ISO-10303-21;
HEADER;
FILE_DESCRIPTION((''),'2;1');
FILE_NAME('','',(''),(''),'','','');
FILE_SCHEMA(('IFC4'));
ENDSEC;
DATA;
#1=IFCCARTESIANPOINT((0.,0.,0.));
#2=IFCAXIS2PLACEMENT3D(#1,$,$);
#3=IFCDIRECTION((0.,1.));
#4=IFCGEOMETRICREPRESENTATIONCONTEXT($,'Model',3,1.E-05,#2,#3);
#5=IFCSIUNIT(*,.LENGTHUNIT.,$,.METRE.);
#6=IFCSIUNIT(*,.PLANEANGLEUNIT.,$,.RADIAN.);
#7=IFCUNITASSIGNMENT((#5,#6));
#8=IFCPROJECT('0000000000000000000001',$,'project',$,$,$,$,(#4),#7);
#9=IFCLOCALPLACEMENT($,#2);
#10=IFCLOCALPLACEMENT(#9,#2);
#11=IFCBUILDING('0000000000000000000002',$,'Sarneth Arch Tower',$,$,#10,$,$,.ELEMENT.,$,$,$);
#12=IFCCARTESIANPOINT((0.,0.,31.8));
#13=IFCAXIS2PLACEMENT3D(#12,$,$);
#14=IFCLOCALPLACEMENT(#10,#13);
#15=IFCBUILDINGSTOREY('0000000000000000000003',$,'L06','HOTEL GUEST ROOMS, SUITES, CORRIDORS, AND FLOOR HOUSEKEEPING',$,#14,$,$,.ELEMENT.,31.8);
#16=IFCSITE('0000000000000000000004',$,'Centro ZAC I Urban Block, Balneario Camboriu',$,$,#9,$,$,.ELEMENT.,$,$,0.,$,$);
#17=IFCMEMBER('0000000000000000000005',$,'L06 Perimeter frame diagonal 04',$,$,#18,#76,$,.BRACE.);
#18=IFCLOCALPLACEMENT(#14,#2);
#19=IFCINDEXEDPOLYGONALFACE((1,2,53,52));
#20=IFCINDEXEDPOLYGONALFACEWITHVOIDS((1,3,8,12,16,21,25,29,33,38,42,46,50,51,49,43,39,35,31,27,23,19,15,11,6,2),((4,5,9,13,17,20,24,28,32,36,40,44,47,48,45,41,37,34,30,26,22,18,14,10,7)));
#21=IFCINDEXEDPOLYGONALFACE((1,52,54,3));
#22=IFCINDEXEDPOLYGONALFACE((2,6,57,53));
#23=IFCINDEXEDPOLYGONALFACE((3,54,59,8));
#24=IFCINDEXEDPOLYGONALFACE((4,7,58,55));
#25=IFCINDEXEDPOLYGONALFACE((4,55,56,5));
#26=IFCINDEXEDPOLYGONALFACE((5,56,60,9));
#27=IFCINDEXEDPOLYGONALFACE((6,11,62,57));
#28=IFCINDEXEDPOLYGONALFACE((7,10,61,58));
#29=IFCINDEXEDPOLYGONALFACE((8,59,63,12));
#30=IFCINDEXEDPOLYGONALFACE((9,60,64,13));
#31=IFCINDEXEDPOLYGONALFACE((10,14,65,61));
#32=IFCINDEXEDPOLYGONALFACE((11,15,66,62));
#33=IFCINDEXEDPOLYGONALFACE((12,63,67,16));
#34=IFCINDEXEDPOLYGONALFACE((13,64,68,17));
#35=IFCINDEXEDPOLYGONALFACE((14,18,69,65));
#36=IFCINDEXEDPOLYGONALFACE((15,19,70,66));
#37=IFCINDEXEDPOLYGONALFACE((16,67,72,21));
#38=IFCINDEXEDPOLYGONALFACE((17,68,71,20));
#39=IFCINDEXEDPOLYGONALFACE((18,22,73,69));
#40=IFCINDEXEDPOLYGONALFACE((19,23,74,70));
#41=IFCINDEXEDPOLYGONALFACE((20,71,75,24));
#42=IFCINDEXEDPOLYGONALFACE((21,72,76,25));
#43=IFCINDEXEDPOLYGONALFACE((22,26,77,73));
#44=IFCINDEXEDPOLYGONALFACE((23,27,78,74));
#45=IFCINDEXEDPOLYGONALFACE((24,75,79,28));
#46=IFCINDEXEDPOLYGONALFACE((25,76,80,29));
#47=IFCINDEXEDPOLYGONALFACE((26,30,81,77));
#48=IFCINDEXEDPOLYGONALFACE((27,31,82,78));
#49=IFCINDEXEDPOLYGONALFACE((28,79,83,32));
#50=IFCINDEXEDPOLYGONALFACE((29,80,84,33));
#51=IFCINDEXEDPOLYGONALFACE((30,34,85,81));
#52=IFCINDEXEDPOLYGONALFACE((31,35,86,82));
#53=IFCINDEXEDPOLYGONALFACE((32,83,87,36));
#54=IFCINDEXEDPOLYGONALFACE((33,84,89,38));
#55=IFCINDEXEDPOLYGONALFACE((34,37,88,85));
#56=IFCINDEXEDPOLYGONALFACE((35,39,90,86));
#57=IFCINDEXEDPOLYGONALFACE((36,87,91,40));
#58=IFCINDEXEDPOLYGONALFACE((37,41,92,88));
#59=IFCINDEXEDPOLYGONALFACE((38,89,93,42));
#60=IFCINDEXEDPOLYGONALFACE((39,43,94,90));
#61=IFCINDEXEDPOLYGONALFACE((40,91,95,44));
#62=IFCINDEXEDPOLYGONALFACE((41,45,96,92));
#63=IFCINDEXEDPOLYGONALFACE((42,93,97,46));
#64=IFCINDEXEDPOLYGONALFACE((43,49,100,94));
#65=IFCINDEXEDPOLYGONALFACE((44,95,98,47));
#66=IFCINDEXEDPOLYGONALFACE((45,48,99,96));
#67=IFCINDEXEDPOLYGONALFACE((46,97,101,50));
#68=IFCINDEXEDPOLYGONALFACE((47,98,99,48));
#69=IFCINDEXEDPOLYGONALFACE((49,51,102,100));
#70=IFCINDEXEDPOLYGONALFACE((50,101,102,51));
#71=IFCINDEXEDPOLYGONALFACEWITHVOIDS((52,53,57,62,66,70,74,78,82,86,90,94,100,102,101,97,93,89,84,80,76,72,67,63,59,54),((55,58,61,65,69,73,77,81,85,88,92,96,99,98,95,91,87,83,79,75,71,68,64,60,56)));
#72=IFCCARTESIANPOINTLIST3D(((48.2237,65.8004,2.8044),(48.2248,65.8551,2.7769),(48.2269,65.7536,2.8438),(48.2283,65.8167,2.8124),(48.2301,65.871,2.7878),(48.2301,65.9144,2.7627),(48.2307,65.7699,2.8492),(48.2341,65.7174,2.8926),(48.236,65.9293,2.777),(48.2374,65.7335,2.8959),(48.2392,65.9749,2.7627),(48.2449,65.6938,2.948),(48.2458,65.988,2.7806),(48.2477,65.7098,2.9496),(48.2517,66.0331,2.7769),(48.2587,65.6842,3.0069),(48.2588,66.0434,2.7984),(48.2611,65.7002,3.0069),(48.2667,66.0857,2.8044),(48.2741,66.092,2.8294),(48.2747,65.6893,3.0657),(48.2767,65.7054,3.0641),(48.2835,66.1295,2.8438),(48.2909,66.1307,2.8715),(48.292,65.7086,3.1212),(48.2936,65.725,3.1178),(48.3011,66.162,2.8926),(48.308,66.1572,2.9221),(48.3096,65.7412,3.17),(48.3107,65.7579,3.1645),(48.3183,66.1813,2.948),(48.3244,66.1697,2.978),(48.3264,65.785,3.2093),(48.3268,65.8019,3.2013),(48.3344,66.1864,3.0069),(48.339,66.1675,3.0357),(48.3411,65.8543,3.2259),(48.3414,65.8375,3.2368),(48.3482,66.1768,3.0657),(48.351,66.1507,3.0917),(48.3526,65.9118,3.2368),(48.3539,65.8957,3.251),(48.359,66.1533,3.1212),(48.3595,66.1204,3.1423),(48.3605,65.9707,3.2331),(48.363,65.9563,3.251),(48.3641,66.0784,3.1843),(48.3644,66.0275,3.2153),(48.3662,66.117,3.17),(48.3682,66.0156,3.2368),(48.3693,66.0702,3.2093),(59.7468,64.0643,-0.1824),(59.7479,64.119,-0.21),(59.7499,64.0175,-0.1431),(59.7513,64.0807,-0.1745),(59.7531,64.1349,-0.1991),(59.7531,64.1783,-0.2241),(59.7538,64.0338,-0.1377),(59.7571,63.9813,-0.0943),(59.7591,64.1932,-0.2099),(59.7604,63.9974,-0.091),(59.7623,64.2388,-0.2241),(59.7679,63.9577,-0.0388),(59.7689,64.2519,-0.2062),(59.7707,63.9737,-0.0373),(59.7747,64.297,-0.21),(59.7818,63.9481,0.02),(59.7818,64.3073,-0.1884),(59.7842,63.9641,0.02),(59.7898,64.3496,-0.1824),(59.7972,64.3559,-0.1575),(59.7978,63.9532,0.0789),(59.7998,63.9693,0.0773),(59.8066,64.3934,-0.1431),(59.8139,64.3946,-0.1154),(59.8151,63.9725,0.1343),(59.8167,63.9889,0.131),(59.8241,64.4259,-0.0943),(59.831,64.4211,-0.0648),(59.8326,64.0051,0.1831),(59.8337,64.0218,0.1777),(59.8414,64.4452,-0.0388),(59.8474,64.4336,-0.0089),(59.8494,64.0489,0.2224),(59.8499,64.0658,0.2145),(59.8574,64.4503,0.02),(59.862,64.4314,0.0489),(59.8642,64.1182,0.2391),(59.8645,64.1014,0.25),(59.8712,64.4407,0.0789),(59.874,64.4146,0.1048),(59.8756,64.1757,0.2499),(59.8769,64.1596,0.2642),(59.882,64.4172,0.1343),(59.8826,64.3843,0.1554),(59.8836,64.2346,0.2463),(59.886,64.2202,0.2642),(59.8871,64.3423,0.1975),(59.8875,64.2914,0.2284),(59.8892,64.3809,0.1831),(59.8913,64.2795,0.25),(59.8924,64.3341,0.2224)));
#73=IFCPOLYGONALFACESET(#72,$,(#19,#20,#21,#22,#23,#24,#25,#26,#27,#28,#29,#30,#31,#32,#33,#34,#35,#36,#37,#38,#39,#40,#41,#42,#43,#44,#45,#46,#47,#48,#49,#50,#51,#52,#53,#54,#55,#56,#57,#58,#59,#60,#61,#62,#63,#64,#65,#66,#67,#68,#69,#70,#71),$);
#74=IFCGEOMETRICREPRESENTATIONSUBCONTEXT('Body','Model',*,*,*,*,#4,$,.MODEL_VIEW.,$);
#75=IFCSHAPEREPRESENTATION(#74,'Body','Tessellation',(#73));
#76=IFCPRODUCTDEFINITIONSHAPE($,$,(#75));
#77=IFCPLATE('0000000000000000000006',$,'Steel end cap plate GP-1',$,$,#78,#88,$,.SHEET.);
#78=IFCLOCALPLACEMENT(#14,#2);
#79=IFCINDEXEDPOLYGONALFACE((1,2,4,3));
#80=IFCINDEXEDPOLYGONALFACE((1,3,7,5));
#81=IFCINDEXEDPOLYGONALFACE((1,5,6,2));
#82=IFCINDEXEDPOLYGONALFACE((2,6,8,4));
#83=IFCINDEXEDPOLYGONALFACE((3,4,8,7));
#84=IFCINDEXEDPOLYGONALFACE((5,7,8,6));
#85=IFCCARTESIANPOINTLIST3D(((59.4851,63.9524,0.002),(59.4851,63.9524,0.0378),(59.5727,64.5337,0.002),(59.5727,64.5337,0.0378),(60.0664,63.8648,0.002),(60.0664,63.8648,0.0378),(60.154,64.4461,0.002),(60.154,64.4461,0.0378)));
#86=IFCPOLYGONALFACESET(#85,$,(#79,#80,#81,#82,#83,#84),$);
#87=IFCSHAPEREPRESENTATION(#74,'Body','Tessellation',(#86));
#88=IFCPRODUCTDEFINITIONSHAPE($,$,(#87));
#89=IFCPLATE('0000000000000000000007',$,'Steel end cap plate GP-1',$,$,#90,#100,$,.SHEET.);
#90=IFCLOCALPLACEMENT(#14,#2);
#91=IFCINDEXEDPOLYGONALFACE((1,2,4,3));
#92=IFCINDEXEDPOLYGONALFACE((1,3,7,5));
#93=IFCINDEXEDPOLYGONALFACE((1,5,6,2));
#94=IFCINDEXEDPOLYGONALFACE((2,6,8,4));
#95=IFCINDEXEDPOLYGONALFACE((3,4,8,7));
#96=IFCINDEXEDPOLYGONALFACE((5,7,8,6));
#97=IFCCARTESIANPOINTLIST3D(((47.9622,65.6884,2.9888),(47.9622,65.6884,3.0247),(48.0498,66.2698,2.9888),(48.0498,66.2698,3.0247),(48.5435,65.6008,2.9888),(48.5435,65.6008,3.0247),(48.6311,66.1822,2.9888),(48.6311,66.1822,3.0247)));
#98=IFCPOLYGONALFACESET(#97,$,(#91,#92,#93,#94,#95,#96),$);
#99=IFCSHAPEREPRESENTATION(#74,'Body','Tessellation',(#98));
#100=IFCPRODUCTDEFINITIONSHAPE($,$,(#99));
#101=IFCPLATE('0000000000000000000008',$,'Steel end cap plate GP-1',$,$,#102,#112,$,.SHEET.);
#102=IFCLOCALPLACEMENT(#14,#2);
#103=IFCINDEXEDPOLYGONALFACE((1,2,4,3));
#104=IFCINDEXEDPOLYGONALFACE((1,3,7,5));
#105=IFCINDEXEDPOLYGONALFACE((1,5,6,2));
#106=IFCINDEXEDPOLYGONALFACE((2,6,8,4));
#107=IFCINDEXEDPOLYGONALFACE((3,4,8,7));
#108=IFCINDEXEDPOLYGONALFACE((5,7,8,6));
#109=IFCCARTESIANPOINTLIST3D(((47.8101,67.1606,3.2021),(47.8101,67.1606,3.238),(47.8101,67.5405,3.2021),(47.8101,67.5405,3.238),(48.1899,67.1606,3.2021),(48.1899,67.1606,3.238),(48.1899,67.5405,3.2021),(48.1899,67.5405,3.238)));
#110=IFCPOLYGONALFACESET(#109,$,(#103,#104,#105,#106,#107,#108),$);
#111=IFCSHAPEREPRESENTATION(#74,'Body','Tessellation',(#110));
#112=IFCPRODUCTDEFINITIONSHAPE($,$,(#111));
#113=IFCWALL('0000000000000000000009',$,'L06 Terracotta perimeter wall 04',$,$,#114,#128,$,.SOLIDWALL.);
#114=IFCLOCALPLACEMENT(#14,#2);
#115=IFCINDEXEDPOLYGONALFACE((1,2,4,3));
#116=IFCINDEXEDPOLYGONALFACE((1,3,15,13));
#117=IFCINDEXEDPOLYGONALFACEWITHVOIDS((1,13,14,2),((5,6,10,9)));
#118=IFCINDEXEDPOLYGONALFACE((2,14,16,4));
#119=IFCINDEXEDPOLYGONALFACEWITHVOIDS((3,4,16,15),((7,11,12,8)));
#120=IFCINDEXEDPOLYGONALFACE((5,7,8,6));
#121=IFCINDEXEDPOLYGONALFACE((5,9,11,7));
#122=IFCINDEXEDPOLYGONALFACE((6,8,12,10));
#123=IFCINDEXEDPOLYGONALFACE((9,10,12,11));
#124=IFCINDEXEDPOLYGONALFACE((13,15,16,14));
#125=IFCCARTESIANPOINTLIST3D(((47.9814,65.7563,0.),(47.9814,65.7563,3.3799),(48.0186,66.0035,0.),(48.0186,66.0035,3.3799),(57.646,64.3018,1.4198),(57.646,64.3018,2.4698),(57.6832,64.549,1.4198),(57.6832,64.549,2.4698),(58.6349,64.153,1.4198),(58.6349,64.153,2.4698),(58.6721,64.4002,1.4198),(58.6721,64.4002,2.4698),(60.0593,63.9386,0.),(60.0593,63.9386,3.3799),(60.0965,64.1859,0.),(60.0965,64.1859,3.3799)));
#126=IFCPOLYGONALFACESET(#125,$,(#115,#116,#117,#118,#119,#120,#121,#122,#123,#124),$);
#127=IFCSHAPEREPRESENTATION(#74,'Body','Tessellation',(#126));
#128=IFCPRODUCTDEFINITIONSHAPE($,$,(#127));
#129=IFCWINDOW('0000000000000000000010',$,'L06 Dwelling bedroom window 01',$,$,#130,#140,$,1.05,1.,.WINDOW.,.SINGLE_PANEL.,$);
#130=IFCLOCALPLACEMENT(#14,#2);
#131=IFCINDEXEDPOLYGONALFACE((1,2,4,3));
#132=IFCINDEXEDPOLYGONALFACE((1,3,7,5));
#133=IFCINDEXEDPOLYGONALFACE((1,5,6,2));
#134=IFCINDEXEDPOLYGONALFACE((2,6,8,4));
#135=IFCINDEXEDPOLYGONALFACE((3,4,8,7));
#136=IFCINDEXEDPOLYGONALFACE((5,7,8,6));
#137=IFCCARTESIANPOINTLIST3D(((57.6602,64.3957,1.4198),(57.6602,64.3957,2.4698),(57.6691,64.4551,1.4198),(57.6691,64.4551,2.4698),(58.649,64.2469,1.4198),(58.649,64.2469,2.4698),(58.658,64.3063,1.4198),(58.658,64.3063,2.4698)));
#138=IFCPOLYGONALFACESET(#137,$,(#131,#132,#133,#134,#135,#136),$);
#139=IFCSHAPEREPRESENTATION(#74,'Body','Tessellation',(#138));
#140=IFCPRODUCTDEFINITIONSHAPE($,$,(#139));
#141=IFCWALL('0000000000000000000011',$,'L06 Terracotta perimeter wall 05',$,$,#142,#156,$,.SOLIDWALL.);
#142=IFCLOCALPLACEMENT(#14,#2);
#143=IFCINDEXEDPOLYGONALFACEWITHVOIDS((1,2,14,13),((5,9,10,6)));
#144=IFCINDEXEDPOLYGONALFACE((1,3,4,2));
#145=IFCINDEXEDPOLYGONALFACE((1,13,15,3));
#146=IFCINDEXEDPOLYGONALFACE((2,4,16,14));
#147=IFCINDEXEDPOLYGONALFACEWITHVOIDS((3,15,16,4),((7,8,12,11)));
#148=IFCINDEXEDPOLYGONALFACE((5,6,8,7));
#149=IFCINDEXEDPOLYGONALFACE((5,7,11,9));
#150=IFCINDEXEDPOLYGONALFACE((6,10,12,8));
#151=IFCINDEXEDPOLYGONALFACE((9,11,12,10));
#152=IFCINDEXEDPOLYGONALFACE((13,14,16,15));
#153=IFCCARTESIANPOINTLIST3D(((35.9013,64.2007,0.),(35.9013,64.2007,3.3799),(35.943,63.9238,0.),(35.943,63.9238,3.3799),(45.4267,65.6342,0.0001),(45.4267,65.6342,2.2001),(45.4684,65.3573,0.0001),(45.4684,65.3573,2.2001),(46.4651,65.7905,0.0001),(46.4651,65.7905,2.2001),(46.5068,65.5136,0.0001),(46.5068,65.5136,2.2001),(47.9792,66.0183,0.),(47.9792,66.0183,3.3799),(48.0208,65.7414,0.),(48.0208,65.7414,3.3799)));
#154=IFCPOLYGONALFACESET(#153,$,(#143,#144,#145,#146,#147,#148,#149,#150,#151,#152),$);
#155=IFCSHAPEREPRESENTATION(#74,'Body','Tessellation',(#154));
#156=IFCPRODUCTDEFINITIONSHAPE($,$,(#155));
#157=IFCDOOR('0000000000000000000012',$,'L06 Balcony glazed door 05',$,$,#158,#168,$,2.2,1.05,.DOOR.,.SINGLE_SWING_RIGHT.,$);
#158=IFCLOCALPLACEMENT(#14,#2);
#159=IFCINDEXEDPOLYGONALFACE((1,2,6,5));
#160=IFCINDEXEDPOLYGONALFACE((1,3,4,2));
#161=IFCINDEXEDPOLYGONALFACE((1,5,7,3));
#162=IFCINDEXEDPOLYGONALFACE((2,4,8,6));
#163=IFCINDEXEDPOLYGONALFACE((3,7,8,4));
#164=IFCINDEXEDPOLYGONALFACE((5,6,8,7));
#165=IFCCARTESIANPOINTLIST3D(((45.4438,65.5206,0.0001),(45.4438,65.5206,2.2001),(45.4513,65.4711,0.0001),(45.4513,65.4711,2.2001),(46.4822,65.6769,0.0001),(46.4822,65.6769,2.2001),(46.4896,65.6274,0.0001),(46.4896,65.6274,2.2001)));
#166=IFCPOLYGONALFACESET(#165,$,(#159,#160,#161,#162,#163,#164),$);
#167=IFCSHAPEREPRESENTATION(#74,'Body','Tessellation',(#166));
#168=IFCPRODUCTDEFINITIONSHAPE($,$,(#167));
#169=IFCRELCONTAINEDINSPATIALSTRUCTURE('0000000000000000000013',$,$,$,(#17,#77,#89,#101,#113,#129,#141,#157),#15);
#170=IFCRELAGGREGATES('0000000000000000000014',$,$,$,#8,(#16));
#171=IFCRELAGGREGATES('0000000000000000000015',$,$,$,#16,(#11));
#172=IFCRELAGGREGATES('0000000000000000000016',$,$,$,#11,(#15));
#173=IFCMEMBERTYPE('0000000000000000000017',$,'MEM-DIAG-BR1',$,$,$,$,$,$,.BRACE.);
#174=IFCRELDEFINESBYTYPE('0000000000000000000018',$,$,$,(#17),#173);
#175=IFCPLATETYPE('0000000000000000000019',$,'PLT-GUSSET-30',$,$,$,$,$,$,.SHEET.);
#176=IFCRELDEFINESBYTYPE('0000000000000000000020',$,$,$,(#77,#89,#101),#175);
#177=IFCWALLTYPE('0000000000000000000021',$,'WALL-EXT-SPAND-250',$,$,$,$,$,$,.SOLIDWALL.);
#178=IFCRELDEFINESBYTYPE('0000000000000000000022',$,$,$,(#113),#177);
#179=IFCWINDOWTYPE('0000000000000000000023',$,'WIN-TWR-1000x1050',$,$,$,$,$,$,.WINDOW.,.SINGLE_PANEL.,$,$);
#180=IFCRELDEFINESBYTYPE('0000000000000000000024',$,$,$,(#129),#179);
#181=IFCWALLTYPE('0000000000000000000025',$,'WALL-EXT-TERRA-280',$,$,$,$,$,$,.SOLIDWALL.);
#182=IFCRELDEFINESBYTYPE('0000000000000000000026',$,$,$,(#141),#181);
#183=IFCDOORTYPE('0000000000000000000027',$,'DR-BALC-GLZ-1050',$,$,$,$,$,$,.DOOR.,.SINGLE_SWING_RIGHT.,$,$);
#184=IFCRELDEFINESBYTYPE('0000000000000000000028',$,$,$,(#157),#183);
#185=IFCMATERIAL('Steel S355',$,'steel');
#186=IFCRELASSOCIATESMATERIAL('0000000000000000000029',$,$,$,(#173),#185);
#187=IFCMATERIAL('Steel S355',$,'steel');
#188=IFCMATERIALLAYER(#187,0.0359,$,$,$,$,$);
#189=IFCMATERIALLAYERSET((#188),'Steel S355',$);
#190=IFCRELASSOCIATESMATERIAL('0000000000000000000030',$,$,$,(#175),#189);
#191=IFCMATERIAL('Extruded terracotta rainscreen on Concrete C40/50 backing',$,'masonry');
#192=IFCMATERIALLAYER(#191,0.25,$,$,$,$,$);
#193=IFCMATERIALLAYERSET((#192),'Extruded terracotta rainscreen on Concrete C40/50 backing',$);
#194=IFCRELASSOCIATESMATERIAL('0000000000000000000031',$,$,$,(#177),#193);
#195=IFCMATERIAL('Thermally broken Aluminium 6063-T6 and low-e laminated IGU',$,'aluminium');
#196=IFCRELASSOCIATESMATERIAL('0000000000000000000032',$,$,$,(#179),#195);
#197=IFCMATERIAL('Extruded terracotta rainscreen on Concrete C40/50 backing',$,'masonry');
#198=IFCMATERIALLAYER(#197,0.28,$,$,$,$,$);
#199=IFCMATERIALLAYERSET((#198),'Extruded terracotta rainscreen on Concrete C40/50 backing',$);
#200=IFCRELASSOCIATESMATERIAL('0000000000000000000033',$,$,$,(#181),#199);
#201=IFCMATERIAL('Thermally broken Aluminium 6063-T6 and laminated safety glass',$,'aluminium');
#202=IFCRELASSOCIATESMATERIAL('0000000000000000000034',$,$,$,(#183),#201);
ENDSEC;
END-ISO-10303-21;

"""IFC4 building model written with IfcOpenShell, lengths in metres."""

from ifc_helpers import new_model, si_unit, direction, frame, frame_2d, origin, origin_2d, place, context, subcontext, project, spatial, rectangle, hollow_circle, extrude, material, layer, layer_set, material_profile, profile_set, type_object, element, fill, save


model = new_model("IFC4")

# Units and contexts
model_context = context("Model", 3, precision=1e-05, world=origin(), true_north=direction((0.0, 1.0)))
body_context = subcontext(model_context, "Body", "Model", "MODEL_VIEW")
ifc_project = project(units=[si_unit("LENGTHUNIT", "METRE"), si_unit("PLANEANGLEUNIT", "RADIAN")], contexts=[model_context])

# Site, building, storey
site_placement = place(None, origin())
site = spatial("IfcSite", under=ifc_project, at=site_placement, Name="Centro ZAC I Urban Block, Balneario Camboriu", CompositionType="ELEMENT", RefElevation=0.0)
building_placement = place(site_placement, origin())
building = spatial("IfcBuilding", under=site, at=building_placement, Name="Sarneth Arch Tower", CompositionType="ELEMENT")
storey_placement = place(building_placement, frame((0.0, 0.0, 31.8)))
storey = spatial("IfcBuildingStorey", under=building, at=storey_placement, Name="L06", Description="HOTEL GUEST ROOMS, SUITES, CORRIDORS, AND FLOOR HOUSEKEEPING", CompositionType="ELEMENT", Elevation=31.8)

# Member
ifc_material_1 = material(Name="Steel S355", Category="steel")
ifc_material_profile_1 = material_profile(ifc_material_1, hollow_circle(Radius=0.2539, WallThickness=0.0161, at=origin_2d()), Name="CHS508x16")
ifc_profile_set_1 = profile_set([ifc_material_profile_1], Name="Steel S355")
member_type_1 = type_object("IfcMemberType", Name="MEM-DIAG-BR1", PredefinedType="BRACE", material=ifc_profile_set_1)
member_1_placement = place(storey_placement, frame((59.8196, 64.1992, 0.02), z_axis=(-0.957876, 0.144317, 0.248287), x_axis=(-0.148982, -0.98884, 0.0)))
element("IfcMember", 1, at=member_1_placement, inside=storey, type_object=member_type_1, Name="L06 Perimeter frame diagonal 04", PredefinedType="BRACE", context=body_context, shape_type="SweptSolid", body=[
    extrude(hollow_circle(Radius=0.2539, WallThickness=0.0161, at=origin_2d()), origin(), (0.0, 0.0, 1.0), 12.0298),
])

# Plates
ifc_material_2 = material(Name="Steel S355", Category="steel")
ifc_layer_1 = layer(ifc_material_2, 0.0359)
ifc_layer_set_1 = layer_set([ifc_layer_1], Name="Steel S355")
plate_type = type_object("IfcPlateType", Name="PLT-GUSSET-30", PredefinedType="SHEET", material=ifc_layer_set_1)
for number, where, z_axis, x_axis, name in (
    (2, (59.8196, 64.1992, 0.002), (0.0, 0.0, 1.0), (-0.988835, 0.149018, 0.0), "Steel end cap plate GP-1"),
    (3, (48.2966, 65.9353, 2.9888), (0.0, 0.0, 1.0), (-0.988835, 0.149018, 0.0), "Steel end cap plate GP-1"),
):
    element("IfcPlate", number, at=place(storey_placement, frame(where, z_axis=z_axis, x_axis=x_axis)), inside=storey, type_object=plate_type, Name=name, PredefinedType="SHEET", context=body_context, shape_type="SweptSolid", body=[
        extrude(rectangle(XDim=0.5879, YDim=0.5879, at=origin_2d()), origin(), (0.0, 0.0, 1.0), 0.0359),
    ])
plate_placement = place(storey_placement, frame((48.0, 67.3506, 3.2021), z_axis=(0.0, 0.0, 1.0), x_axis=(0.0, 1.0, 0.0)))
element("IfcPlate", 4, at=plate_placement, inside=storey, type_object=plate_type, Name="Steel end cap plate GP-1", PredefinedType="SHEET", context=body_context, shape_type="SweptSolid", body=[
    extrude(rectangle(XDim=0.3799, YDim=0.3799, at=origin_2d()), origin(), (0.0, 0.0, 1.0), 0.0359),
])

# Wall, opening, window
ifc_material_3 = material(Name="Extruded terracotta rainscreen on Concrete C40/50 backing", Category="masonry")
ifc_layer_2 = layer(ifc_material_3, 0.25)
ifc_layer_set_2 = layer_set([ifc_layer_2], Name="Extruded terracotta rainscreen on Concrete C40/50 backing")
wall_type_1 = type_object("IfcWallType", Name="WALL-EXT-SPAND-250", PredefinedType="SOLIDWALL", material=ifc_layer_set_2)
wall_1_placement = place(storey_placement, frame((60.0779, 64.0623, 0.0), z_axis=(0.0, 0.0, 1.0), x_axis=(-0.988865, 0.148816, 0.0)))
wall_1 = element("IfcWall", 5, at=wall_1_placement, inside=storey, type_object=wall_type_1, Name="L06 Terracotta perimeter wall 04", PredefinedType="SOLIDWALL", context=body_context, shape_type="SweptSolid", body=[
    extrude(rectangle(XDim=12.2139, YDim=0.25, at=frame_2d((6.1069, 0.0))), origin(), (0.0, 0.0, 1.0), 3.3799),
])
opening_1_placement = place(wall_1_placement, frame((1.4404, 0.0, 1.4199)))
opening_1 = element("IfcOpeningElement", 6, at=opening_1_placement, cuts=wall_1, PredefinedType="OPENING", context=body_context, shape_type="SweptSolid", body=[
    extrude(rectangle(XDim=1.0, YDim=1.05, at=frame_2d((0.5, 0.5249))), frame((0.0, 0.135, 0.0), z_axis=(0.0, -1.0, 0.0), x_axis=(1.0, 0.0, 0.0)), (0.0, 0.0, 1.0), 0.27),
])
ifc_material_4 = material(Name="Thermally broken Aluminium 6063-T6 and low-e laminated IGU", Category="aluminium")
window_type = type_object("IfcWindowType", Name="WIN-TWR-1000x1050", PartitioningType="SINGLE_PANEL", PredefinedType="WINDOW", material=ifc_material_4)
window_placement = place(opening_1_placement, origin())
window = element("IfcWindow", 7, at=window_placement, inside=storey, type_object=window_type, Name="L06 Dwelling bedroom window 01", OverallHeight=1.05, OverallWidth=1.0, PartitioningType="SINGLE_PANEL", PredefinedType="WINDOW", context=body_context, shape_type="SweptSolid", body=[
    extrude(rectangle(XDim=1.0, YDim=1.05, at=frame_2d((0.5, 0.5249))), frame((0.0, 0.03, 0.0), z_axis=(0.0, -1.0, 0.0), x_axis=(1.0, 0.0, 0.0)), (0.0, 0.0, 1.0), 0.0601),
])
fill(opening_1, window)

# Wall, opening, door
ifc_material_5 = material(Name="Extruded terracotta rainscreen on Concrete C40/50 backing", Category="masonry")
ifc_layer_3 = layer(ifc_material_5, 0.28)
ifc_layer_set_3 = layer_set([ifc_layer_3], Name="Extruded terracotta rainscreen on Concrete C40/50 backing")
wall_type_2 = type_object("IfcWallType", Name="WALL-EXT-TERRA-280", PredefinedType="SOLIDWALL", material=ifc_layer_set_3)
wall_2_placement = place(storey_placement, frame((48.0, 65.8799, 0.0), z_axis=(0.0, 0.0, 1.0), x_axis=(-0.988865, -0.148816, 0.0)))
wall_2 = element("IfcWall", 8, at=wall_2_placement, inside=storey, type_object=wall_type_2, Name="L06 Terracotta perimeter wall 05", PredefinedType="SOLIDWALL", context=body_context, shape_type="SweptSolid", body=[
    extrude(rectangle(XDim=12.2139, YDim=0.28, at=frame_2d((6.1069, 0.0))), origin(), (0.0, 0.0, 1.0), 3.3799),
])
opening_2_placement = place(wall_2_placement, frame((1.5312, 0.0, 0.0)))
opening_2 = element("IfcOpeningElement", 9, at=opening_2_placement, cuts=wall_2, PredefinedType="OPENING", context=body_context, shape_type="SweptSolid", body=[
    extrude(rectangle(XDim=1.05, YDim=2.2, at=frame_2d((0.5249, 1.1001))), frame((0.0, 0.1499, 0.0), z_axis=(0.0, -1.0, 0.0), x_axis=(1.0, 0.0, 0.0)), (0.0, 0.0, 1.0), 0.3),
])
ifc_material_6 = material(Name="Thermally broken Aluminium 6063-T6 and laminated safety glass", Category="aluminium")
door_type_1 = type_object("IfcDoorType", Name="DR-BALC-GLZ-1050", OperationType="SINGLE_SWING_RIGHT", PredefinedType="DOOR", material=ifc_material_6)
door_1_placement = place(opening_2_placement, origin())
door_1 = element("IfcDoor", 10, at=door_1_placement, inside=storey, type_object=door_type_1, Name="L06 Balcony glazed door 05", OperationType="SINGLE_SWING_RIGHT", OverallHeight=2.2, OverallWidth=1.05, PredefinedType="DOOR", context=body_context, shape_type="SweptSolid", body=[
    extrude(rectangle(XDim=1.05, YDim=2.2, at=frame_2d((0.5249, 1.1001))), frame((0.0, 0.0249, 0.0), z_axis=(0.0, -1.0, 0.0), x_axis=(1.0, 0.0, 0.0)), (0.0, 0.0, 1.0), 0.05),
])
fill(opening_2, door_1)

save(model, "model.ifc")
